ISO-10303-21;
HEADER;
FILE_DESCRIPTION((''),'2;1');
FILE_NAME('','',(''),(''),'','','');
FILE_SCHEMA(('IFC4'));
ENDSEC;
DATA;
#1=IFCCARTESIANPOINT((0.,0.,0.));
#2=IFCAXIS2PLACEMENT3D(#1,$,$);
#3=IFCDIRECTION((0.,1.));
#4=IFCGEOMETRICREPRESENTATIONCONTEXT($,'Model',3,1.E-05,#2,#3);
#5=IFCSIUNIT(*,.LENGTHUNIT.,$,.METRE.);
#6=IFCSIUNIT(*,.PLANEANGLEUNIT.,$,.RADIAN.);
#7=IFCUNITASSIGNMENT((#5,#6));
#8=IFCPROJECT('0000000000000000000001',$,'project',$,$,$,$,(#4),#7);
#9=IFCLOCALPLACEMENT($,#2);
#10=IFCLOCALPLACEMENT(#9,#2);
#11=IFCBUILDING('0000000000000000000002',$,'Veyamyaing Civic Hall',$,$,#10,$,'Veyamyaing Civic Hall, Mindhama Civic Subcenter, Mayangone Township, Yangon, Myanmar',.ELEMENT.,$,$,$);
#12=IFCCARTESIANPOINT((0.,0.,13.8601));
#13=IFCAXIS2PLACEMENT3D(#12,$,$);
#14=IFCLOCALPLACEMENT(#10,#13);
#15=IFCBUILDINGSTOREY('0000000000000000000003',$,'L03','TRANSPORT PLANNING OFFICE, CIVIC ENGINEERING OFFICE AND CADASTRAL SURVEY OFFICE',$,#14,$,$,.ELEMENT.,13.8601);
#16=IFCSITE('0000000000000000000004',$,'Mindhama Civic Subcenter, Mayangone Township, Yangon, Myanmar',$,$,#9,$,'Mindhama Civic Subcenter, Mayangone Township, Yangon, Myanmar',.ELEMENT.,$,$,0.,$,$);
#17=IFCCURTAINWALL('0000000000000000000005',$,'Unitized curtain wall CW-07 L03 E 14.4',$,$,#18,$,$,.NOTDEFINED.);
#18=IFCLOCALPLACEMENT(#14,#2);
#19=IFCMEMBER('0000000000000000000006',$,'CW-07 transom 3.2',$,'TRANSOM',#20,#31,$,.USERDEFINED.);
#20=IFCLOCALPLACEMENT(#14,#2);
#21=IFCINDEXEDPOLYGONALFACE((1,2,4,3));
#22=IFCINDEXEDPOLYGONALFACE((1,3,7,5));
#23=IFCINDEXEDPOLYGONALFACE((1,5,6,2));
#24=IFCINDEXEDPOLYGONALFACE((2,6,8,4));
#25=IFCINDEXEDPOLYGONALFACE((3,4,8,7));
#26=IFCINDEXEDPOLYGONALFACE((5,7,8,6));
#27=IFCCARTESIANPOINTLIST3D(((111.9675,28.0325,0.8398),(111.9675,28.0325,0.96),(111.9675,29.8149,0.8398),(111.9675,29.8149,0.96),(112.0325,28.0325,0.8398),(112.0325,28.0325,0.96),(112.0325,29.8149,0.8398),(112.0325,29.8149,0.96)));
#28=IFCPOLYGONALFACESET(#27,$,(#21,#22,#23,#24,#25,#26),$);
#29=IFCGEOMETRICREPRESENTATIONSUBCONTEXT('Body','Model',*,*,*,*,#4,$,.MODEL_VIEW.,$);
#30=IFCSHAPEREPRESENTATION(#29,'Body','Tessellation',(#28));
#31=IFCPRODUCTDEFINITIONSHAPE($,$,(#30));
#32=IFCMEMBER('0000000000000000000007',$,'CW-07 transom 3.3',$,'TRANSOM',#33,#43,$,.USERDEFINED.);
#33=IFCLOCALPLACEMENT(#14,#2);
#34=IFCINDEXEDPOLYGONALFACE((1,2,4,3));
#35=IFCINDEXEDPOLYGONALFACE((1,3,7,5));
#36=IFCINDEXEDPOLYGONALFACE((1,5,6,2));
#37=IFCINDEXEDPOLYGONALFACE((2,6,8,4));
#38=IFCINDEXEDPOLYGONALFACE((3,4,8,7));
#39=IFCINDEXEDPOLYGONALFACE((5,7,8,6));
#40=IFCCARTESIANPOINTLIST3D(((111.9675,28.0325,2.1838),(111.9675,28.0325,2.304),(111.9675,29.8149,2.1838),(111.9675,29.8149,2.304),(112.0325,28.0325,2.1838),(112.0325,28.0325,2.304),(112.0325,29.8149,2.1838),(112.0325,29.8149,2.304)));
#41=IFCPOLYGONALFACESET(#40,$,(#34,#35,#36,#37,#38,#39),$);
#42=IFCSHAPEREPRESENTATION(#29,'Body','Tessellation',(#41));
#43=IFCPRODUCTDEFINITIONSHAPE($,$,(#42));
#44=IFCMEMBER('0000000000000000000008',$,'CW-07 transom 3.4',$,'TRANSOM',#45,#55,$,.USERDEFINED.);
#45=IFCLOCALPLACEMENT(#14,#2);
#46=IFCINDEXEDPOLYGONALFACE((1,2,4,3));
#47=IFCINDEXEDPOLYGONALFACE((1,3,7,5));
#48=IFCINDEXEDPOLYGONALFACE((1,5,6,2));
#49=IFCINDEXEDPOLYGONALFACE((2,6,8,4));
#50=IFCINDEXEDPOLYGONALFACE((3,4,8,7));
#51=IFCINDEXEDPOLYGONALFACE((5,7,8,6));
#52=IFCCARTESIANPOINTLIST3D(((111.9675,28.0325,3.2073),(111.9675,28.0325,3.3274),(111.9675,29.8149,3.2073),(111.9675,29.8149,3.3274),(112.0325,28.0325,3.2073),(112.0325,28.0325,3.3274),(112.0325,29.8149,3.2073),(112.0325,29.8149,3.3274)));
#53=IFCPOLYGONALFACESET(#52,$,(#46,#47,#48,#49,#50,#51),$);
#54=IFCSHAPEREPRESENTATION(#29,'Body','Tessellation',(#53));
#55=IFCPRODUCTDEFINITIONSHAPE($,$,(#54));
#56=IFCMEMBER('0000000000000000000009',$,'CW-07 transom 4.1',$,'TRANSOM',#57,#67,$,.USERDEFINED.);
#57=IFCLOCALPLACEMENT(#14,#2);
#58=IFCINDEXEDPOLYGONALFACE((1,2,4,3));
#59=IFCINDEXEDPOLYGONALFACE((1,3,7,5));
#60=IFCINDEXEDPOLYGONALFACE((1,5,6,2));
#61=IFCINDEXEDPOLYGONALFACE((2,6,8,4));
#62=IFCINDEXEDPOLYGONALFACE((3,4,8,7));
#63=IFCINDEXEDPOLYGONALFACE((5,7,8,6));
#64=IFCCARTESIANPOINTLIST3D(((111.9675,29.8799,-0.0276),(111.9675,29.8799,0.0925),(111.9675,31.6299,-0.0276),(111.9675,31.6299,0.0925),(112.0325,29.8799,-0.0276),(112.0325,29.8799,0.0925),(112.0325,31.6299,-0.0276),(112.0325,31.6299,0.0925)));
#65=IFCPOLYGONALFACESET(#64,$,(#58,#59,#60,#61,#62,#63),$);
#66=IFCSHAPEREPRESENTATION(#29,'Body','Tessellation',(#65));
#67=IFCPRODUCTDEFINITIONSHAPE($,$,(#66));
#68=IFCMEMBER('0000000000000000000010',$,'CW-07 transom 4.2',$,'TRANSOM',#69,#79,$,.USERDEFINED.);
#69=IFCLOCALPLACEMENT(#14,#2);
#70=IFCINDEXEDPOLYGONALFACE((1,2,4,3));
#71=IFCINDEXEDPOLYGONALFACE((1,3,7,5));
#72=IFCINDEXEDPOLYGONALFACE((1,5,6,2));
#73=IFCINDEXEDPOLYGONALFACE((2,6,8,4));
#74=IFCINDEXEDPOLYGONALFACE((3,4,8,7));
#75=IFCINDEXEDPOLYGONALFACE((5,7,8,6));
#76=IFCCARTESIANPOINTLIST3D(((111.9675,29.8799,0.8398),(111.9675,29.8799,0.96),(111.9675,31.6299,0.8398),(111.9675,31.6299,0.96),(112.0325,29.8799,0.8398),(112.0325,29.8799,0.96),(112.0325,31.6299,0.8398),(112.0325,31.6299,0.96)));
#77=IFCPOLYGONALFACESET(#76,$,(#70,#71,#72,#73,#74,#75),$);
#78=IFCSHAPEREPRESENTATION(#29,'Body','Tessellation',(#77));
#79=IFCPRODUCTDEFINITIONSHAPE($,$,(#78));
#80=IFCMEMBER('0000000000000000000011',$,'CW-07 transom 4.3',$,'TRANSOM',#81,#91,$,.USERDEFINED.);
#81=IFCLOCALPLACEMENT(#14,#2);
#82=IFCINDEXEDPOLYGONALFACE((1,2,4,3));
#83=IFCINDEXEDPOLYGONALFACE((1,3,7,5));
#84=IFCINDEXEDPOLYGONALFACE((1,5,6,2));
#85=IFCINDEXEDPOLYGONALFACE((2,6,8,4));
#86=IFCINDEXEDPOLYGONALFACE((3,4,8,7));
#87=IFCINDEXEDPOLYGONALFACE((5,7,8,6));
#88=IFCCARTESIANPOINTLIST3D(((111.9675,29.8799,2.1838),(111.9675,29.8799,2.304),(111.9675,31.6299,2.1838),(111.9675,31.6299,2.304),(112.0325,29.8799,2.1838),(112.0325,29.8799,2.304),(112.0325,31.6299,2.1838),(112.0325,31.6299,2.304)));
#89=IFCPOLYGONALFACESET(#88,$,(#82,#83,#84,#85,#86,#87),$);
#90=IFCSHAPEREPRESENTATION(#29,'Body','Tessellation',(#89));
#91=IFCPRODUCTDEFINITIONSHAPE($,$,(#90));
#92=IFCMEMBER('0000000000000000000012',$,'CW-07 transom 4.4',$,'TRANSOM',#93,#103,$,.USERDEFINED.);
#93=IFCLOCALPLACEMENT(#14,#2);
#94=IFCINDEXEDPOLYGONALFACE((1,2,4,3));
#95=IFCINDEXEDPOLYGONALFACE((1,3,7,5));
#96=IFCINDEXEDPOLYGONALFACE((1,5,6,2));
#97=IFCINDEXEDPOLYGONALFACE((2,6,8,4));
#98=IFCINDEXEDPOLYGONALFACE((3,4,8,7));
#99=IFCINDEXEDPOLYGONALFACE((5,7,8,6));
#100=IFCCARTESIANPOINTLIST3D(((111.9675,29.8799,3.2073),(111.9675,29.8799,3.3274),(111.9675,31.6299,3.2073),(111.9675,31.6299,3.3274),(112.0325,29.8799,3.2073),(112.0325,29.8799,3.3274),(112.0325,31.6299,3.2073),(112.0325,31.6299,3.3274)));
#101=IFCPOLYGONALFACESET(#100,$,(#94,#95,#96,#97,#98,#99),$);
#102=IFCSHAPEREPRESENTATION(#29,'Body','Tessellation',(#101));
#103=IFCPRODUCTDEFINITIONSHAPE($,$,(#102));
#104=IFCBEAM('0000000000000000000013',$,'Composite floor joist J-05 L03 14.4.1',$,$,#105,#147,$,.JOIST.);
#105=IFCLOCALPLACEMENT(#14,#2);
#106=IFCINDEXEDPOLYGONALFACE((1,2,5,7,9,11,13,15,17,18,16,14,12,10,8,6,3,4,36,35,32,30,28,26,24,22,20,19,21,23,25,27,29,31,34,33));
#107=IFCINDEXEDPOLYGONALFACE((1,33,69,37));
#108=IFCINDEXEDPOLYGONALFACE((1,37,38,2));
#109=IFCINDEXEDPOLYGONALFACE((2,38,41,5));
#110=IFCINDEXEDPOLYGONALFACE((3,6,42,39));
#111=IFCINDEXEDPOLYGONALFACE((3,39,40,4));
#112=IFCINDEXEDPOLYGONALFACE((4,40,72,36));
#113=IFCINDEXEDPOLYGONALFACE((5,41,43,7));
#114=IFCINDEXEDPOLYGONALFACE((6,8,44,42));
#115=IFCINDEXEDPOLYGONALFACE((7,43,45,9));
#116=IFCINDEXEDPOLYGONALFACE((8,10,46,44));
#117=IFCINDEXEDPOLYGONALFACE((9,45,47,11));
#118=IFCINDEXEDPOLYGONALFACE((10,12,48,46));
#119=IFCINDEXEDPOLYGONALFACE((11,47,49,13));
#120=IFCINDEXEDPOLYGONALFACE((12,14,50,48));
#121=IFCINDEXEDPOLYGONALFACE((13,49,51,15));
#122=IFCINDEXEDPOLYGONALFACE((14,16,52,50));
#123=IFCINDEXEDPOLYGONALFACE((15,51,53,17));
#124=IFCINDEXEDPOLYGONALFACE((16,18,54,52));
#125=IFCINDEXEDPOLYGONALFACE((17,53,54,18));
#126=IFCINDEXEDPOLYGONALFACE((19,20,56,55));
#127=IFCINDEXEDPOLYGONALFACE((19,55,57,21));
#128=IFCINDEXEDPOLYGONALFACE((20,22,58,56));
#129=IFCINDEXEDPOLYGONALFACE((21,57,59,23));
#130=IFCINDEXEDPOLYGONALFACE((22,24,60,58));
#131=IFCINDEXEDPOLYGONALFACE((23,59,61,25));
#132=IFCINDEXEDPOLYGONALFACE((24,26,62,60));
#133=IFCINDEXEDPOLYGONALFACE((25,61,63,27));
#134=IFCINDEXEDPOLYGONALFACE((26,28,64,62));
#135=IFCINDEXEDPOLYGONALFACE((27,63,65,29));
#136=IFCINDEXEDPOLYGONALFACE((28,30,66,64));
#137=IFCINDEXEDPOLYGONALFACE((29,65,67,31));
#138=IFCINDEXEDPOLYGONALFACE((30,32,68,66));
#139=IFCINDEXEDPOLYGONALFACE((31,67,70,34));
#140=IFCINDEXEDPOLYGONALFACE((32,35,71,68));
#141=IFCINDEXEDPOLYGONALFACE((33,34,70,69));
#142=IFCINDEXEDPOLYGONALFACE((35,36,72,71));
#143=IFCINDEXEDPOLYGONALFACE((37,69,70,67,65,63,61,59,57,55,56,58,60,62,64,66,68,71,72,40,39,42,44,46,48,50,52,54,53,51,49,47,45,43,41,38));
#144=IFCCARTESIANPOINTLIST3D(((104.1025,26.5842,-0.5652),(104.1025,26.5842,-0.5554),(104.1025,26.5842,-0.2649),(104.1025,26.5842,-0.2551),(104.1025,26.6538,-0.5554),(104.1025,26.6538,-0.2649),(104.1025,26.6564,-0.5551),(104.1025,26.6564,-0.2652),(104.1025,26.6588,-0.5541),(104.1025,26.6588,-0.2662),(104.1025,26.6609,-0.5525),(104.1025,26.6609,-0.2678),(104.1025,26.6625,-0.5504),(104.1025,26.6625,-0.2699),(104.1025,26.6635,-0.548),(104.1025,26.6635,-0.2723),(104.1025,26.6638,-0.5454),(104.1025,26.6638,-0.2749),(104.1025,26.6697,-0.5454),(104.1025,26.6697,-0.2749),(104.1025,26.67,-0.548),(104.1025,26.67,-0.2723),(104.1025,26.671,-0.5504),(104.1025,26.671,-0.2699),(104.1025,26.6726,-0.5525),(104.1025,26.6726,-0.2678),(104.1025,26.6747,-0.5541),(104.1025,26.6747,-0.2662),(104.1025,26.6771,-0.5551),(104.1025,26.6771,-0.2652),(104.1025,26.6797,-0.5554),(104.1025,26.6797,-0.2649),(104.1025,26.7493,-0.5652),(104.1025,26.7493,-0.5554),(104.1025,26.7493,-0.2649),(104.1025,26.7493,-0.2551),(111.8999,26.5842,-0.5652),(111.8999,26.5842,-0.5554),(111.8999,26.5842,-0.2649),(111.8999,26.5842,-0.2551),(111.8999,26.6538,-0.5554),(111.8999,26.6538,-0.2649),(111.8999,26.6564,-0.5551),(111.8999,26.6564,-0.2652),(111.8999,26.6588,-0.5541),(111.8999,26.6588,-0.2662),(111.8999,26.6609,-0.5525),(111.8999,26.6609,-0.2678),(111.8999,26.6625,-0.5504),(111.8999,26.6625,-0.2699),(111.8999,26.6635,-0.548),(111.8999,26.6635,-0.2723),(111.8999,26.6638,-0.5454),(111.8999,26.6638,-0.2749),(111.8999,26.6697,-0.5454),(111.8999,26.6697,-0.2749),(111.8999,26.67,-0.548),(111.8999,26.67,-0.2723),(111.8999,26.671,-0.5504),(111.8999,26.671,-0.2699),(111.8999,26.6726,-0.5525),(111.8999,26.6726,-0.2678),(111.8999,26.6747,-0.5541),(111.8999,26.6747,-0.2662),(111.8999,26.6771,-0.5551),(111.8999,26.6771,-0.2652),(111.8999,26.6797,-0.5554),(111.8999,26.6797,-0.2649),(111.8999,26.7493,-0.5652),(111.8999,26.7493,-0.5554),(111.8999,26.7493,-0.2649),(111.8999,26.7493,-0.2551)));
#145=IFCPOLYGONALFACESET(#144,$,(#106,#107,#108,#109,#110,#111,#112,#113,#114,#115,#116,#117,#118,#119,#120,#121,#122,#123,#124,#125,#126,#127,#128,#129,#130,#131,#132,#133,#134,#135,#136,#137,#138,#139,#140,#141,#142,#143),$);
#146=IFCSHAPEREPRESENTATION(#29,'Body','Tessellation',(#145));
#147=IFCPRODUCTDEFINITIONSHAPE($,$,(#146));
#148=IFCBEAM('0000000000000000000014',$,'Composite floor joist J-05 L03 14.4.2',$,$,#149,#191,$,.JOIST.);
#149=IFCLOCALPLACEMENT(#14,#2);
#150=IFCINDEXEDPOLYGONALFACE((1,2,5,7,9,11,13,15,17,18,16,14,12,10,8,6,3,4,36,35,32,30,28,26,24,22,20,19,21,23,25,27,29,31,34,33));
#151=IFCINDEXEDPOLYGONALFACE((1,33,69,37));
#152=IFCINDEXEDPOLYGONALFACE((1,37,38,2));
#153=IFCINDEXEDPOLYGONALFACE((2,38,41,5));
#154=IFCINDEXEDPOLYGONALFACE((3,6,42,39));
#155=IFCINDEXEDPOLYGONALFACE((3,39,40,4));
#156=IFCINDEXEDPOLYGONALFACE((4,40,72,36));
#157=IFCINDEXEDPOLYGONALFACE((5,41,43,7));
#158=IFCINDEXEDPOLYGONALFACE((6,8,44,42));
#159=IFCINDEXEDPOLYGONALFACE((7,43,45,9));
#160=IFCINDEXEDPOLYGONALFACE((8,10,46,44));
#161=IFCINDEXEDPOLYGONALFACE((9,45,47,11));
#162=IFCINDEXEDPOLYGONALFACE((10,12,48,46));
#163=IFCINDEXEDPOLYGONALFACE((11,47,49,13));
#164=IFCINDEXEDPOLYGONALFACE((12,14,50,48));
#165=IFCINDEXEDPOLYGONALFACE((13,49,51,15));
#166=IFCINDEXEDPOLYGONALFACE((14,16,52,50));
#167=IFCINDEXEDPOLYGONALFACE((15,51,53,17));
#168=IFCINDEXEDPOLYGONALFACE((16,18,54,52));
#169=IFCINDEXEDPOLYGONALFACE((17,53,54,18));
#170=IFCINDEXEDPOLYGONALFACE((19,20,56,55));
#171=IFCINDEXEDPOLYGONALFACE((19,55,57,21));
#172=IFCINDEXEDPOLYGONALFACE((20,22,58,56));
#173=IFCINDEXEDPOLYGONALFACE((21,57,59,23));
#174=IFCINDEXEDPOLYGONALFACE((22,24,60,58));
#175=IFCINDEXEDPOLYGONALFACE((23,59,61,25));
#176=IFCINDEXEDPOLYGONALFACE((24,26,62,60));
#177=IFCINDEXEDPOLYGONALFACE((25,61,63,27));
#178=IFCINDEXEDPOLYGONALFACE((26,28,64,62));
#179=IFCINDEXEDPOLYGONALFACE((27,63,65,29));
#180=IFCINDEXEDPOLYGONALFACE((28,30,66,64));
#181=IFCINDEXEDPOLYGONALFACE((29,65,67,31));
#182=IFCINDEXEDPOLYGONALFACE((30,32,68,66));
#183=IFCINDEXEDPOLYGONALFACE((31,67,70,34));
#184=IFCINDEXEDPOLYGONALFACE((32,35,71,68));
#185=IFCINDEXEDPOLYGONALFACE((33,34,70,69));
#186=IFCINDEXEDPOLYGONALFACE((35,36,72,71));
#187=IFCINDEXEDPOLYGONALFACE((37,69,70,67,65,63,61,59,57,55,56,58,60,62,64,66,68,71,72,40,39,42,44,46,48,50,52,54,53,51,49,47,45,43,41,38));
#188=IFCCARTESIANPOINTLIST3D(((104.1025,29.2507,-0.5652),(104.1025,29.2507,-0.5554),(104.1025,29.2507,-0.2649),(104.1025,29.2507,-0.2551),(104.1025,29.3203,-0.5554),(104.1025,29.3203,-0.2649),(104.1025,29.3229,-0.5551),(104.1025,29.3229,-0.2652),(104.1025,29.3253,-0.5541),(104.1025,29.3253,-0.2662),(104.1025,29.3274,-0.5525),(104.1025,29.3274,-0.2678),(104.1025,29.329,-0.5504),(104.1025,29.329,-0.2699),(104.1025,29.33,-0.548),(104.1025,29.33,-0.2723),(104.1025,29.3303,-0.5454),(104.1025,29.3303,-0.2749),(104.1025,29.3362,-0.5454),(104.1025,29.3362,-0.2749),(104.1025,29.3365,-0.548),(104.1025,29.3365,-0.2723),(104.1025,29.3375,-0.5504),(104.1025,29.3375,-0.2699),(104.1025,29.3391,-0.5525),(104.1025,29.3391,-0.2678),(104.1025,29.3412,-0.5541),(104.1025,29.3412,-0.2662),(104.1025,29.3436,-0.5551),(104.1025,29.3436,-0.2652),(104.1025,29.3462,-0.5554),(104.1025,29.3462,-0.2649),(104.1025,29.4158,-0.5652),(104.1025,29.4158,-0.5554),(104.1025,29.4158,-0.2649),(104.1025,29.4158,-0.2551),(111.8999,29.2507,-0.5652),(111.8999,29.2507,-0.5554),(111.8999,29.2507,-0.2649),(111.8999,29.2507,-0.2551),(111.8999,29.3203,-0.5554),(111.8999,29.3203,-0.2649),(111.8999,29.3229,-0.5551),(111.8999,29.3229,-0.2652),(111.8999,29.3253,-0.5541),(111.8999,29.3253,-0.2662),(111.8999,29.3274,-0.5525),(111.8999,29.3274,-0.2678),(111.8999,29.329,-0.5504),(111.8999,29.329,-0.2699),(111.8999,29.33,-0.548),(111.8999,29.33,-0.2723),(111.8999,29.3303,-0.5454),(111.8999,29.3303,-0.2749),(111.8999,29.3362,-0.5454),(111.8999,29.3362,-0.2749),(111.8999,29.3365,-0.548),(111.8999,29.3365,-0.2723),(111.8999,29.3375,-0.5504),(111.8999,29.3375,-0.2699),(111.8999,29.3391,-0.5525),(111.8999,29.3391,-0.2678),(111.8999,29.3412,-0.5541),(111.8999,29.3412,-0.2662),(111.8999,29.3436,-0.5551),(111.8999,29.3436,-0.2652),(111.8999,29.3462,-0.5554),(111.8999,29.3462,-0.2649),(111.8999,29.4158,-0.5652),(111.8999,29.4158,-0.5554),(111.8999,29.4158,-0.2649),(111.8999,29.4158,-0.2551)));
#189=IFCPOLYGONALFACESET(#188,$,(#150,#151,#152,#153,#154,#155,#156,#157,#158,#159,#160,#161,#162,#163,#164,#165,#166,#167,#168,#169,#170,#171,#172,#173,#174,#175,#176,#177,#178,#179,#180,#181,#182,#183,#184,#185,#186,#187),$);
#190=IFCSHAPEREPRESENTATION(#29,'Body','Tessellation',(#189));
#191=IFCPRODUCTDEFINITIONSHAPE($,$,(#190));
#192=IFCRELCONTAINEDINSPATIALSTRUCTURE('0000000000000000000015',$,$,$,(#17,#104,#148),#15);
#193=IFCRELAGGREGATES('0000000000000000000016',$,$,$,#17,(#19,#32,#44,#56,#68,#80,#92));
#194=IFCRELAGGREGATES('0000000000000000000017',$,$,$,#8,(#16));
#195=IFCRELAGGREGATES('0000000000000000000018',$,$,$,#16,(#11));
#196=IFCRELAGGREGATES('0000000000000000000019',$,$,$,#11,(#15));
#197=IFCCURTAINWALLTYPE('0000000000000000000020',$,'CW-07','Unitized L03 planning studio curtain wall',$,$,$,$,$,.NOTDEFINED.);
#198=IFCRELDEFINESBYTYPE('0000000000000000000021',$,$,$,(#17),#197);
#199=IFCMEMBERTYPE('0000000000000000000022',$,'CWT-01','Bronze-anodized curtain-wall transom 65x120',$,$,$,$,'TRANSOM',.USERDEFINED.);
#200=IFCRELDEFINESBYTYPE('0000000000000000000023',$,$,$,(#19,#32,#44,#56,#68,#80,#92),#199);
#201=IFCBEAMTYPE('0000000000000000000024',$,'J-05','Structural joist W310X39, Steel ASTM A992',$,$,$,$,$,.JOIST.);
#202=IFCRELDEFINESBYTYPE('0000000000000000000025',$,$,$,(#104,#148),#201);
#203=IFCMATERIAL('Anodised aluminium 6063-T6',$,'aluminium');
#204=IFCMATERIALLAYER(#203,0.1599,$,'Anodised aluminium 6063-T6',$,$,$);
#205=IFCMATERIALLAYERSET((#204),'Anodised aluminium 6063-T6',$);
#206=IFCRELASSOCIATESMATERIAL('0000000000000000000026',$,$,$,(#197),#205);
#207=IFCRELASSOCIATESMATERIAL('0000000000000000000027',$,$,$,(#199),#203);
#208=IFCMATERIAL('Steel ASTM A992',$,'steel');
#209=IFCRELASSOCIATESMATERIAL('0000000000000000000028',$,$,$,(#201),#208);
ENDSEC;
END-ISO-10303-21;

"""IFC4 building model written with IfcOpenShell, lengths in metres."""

from ifc_helpers import new_model, si_unit, direction, frame, origin, origin_2d, place, context, subcontext, project, spatial, rectangle, i_section, extrude, material, layer, layer_set, material_profile, profile_set, type_object, element, aggregate, save


model = new_model("IFC4")

# Units and contexts
model_context = context("Model", 3, precision=1e-05, world=origin(), true_north=direction((0.0, 1.0)))
body_context = subcontext(model_context, "Body", "Model", "MODEL_VIEW")
ifc_project = project(units=[si_unit("LENGTHUNIT", "METRE"), si_unit("PLANEANGLEUNIT", "RADIAN")], contexts=[model_context])

# Site, building, storey
site_placement = place(None, origin())
site = spatial("IfcSite", under=ifc_project, at=site_placement, Name="Mindhama Civic Subcenter, Mayangone Township, Yangon, Myanmar", LongName="Mindhama Civic Subcenter, Mayangone Township, Yangon, Myanmar", CompositionType="ELEMENT", RefElevation=0.0)
building_placement = place(site_placement, origin())
building = spatial("IfcBuilding", under=site, at=building_placement, Name="Veyamyaing Civic Hall", LongName="Veyamyaing Civic Hall, Mindhama Civic Subcenter, Mayangone Township, Yangon, Myanmar", CompositionType="ELEMENT")
storey_placement = place(building_placement, frame((0.0, 0.0, 13.8601)))
storey = spatial("IfcBuildingStorey", under=building, at=storey_placement, Name="L03", Description="TRANSPORT PLANNING OFFICE, CIVIC ENGINEERING OFFICE AND CADASTRAL SURVEY OFFICE", CompositionType="ELEMENT", Elevation=13.8601)

# Shared definitions
ifc_material_1 = material(Name="Steel ASTM A992", Category="steel")

# Curtain wall, members
ifc_material_2 = material(Name="Anodised aluminium 6063-T6", Category="aluminium")
ifc_layer_1 = layer(ifc_material_2, 0.1599, Name="Anodised aluminium 6063-T6")
ifc_layer_set_1 = layer_set([ifc_layer_1], Name="Anodised aluminium 6063-T6")
curtain_wall_type = type_object("IfcCurtainWallType", Name="CW-07", Description="Unitized L03 planning studio curtain wall", PredefinedType="NOTDEFINED", material=ifc_layer_set_1)
curtain_wall_placement = place(storey_placement, origin())
curtain_wall = element("IfcCurtainWall", 1, at=curtain_wall_placement, inside=storey, type_object=curtain_wall_type, Name="Unitized curtain wall CW-07 L03 E 14.4", PredefinedType="NOTDEFINED")
ifc_material_profile_1 = material_profile(ifc_material_2, rectangle(XDim=0.0649, YDim=0.1201, at=origin_2d()), Name="ALU-TRN-65X120")
ifc_profile_set_1 = profile_set([ifc_material_profile_1], Name="Anodised aluminium 6063-T6")
member_type_1 = type_object("IfcMemberType", Name="CWT-01", Description="Bronze-anodized curtain-wall transom 65x120", ElementType="TRANSOM", PredefinedType="USERDEFINED", material=ifc_profile_set_1)
member_1_placement = place(storey_placement, frame((112.0, 28.0325, 0.8999), z_axis=(0.0, 1.0, 0.0), x_axis=(-1.0, 0.0, 0.0)))
member_1 = element("IfcMember", 2, at=member_1_placement, type_object=member_type_1, Name="CW-07 transom 3.2", ObjectType="TRANSOM", PredefinedType="USERDEFINED", context=body_context, shape_type="SweptSolid", body=[
    extrude(rectangle(XDim=0.0649, YDim=0.1201, at=origin_2d()), origin(), (0.0, 0.0, 1.0), 1.7825),
])
member_2_placement = place(storey_placement, frame((112.0, 28.0325, 2.2439), z_axis=(0.0, 1.0, 0.0), x_axis=(-1.0, 0.0, 0.0)))
member_2 = element("IfcMember", 3, at=member_2_placement, type_object=member_type_1, Name="CW-07 transom 3.3", ObjectType="TRANSOM", PredefinedType="USERDEFINED", context=body_context, shape_type="SweptSolid", body=[
    extrude(rectangle(XDim=0.0649, YDim=0.1201, at=origin_2d()), origin(), (0.0, 0.0, 1.0), 1.7825),
])
member_3_placement = place(storey_placement, frame((112.0, 28.0325, 3.2673), z_axis=(0.0, 1.0, 0.0), x_axis=(-1.0, 0.0, 0.0)))
member_3 = element("IfcMember", 4, at=member_3_placement, type_object=member_type_1, Name="CW-07 transom 3.4", ObjectType="TRANSOM", PredefinedType="USERDEFINED", context=body_context, shape_type="SweptSolid", body=[
    extrude(rectangle(XDim=0.0649, YDim=0.1201, at=origin_2d()), origin(), (0.0, 0.0, 1.0), 1.7825),
])
member_4_placement = place(storey_placement, frame((112.0, 29.8799, 0.0325), z_axis=(0.0, 1.0, 0.0), x_axis=(-1.0, 0.0, 0.0)))
member_4 = element("IfcMember", 5, at=member_4_placement, type_object=member_type_1, Name="CW-07 transom 4.1", ObjectType="TRANSOM", PredefinedType="USERDEFINED", context=body_context, shape_type="SweptSolid", body=[
    extrude(rectangle(XDim=0.0649, YDim=0.1201, at=origin_2d()), origin(), (0.0, 0.0, 1.0), 1.75),
])
member_5_placement = place(storey_placement, frame((112.0, 29.8799, 0.8999), z_axis=(0.0, 1.0, 0.0), x_axis=(-1.0, 0.0, 0.0)))
member_5 = element("IfcMember", 6, at=member_5_placement, type_object=member_type_1, Name="CW-07 transom 4.2", ObjectType="TRANSOM", PredefinedType="USERDEFINED", context=body_context, shape_type="SweptSolid", body=[
    extrude(rectangle(XDim=0.0649, YDim=0.1201, at=origin_2d()), origin(), (0.0, 0.0, 1.0), 1.75),
])
member_6_placement = place(storey_placement, frame((112.0, 29.8799, 2.2439), z_axis=(0.0, 1.0, 0.0), x_axis=(-1.0, 0.0, 0.0)))
member_6 = element("IfcMember", 7, at=member_6_placement, type_object=member_type_1, Name="CW-07 transom 4.3", ObjectType="TRANSOM", PredefinedType="USERDEFINED", context=body_context, shape_type="SweptSolid", body=[
    extrude(rectangle(XDim=0.0649, YDim=0.1201, at=origin_2d()), origin(), (0.0, 0.0, 1.0), 1.75),
])
member_7_placement = place(storey_placement, frame((112.0, 29.8799, 3.2673), z_axis=(0.0, 1.0, 0.0), x_axis=(-1.0, 0.0, 0.0)))
member_7 = element("IfcMember", 8, at=member_7_placement, type_object=member_type_1, Name="CW-07 transom 4.4", ObjectType="TRANSOM", PredefinedType="USERDEFINED", context=body_context, shape_type="SweptSolid", body=[
    extrude(rectangle(XDim=0.0649, YDim=0.1201, at=origin_2d()), origin(), (0.0, 0.0, 1.0), 1.75),
])

# Beams
ifc_material_profile_2 = material_profile(ifc_material_1, i_section(OverallWidth=0.165, OverallDepth=0.3101, WebThickness=0.0059, FlangeThickness=0.0098, FilletRadius=0.01, at=origin_2d()), Name="W310X39")
ifc_profile_set_2 = profile_set([ifc_material_profile_2], Name="Steel ASTM A992")
beam_type_1 = type_object("IfcBeamType", Name="J-05", Description="Structural joist W310X39, Steel ASTM A992", PredefinedType="JOIST", material=ifc_profile_set_2)
for number, where, z_axis, x_axis, name in (
    (9, (104.1025, 26.6667, -0.4102), (1.0, 0.0, 0.0), (0.0, 1.0, 0.0), "Composite floor joist J-05 L03 14.4.1"),
    (10, (104.1025, 29.3333, -0.4102), (1.0, 0.0, 0.0), (0.0, 1.0, 0.0), "Composite floor joist J-05 L03 14.4.2"),
):
    element("IfcBeam", number, at=place(storey_placement, frame(where, z_axis=z_axis, x_axis=x_axis)), inside=storey, type_object=beam_type_1, Name=name, PredefinedType="JOIST", context=body_context, shape_type="SweptSolid", body=[
        extrude(i_section(OverallWidth=0.165, OverallDepth=0.3101, WebThickness=0.0059, FlangeThickness=0.0098, FilletRadius=0.01, at=origin_2d()), origin(), (0.0, 0.0, 1.0), 7.7974),
    ])

aggregate(curtain_wall, [member_1, member_2, member_3, member_4, member_5, member_6, member_7])

save(model, "model.ifc")
